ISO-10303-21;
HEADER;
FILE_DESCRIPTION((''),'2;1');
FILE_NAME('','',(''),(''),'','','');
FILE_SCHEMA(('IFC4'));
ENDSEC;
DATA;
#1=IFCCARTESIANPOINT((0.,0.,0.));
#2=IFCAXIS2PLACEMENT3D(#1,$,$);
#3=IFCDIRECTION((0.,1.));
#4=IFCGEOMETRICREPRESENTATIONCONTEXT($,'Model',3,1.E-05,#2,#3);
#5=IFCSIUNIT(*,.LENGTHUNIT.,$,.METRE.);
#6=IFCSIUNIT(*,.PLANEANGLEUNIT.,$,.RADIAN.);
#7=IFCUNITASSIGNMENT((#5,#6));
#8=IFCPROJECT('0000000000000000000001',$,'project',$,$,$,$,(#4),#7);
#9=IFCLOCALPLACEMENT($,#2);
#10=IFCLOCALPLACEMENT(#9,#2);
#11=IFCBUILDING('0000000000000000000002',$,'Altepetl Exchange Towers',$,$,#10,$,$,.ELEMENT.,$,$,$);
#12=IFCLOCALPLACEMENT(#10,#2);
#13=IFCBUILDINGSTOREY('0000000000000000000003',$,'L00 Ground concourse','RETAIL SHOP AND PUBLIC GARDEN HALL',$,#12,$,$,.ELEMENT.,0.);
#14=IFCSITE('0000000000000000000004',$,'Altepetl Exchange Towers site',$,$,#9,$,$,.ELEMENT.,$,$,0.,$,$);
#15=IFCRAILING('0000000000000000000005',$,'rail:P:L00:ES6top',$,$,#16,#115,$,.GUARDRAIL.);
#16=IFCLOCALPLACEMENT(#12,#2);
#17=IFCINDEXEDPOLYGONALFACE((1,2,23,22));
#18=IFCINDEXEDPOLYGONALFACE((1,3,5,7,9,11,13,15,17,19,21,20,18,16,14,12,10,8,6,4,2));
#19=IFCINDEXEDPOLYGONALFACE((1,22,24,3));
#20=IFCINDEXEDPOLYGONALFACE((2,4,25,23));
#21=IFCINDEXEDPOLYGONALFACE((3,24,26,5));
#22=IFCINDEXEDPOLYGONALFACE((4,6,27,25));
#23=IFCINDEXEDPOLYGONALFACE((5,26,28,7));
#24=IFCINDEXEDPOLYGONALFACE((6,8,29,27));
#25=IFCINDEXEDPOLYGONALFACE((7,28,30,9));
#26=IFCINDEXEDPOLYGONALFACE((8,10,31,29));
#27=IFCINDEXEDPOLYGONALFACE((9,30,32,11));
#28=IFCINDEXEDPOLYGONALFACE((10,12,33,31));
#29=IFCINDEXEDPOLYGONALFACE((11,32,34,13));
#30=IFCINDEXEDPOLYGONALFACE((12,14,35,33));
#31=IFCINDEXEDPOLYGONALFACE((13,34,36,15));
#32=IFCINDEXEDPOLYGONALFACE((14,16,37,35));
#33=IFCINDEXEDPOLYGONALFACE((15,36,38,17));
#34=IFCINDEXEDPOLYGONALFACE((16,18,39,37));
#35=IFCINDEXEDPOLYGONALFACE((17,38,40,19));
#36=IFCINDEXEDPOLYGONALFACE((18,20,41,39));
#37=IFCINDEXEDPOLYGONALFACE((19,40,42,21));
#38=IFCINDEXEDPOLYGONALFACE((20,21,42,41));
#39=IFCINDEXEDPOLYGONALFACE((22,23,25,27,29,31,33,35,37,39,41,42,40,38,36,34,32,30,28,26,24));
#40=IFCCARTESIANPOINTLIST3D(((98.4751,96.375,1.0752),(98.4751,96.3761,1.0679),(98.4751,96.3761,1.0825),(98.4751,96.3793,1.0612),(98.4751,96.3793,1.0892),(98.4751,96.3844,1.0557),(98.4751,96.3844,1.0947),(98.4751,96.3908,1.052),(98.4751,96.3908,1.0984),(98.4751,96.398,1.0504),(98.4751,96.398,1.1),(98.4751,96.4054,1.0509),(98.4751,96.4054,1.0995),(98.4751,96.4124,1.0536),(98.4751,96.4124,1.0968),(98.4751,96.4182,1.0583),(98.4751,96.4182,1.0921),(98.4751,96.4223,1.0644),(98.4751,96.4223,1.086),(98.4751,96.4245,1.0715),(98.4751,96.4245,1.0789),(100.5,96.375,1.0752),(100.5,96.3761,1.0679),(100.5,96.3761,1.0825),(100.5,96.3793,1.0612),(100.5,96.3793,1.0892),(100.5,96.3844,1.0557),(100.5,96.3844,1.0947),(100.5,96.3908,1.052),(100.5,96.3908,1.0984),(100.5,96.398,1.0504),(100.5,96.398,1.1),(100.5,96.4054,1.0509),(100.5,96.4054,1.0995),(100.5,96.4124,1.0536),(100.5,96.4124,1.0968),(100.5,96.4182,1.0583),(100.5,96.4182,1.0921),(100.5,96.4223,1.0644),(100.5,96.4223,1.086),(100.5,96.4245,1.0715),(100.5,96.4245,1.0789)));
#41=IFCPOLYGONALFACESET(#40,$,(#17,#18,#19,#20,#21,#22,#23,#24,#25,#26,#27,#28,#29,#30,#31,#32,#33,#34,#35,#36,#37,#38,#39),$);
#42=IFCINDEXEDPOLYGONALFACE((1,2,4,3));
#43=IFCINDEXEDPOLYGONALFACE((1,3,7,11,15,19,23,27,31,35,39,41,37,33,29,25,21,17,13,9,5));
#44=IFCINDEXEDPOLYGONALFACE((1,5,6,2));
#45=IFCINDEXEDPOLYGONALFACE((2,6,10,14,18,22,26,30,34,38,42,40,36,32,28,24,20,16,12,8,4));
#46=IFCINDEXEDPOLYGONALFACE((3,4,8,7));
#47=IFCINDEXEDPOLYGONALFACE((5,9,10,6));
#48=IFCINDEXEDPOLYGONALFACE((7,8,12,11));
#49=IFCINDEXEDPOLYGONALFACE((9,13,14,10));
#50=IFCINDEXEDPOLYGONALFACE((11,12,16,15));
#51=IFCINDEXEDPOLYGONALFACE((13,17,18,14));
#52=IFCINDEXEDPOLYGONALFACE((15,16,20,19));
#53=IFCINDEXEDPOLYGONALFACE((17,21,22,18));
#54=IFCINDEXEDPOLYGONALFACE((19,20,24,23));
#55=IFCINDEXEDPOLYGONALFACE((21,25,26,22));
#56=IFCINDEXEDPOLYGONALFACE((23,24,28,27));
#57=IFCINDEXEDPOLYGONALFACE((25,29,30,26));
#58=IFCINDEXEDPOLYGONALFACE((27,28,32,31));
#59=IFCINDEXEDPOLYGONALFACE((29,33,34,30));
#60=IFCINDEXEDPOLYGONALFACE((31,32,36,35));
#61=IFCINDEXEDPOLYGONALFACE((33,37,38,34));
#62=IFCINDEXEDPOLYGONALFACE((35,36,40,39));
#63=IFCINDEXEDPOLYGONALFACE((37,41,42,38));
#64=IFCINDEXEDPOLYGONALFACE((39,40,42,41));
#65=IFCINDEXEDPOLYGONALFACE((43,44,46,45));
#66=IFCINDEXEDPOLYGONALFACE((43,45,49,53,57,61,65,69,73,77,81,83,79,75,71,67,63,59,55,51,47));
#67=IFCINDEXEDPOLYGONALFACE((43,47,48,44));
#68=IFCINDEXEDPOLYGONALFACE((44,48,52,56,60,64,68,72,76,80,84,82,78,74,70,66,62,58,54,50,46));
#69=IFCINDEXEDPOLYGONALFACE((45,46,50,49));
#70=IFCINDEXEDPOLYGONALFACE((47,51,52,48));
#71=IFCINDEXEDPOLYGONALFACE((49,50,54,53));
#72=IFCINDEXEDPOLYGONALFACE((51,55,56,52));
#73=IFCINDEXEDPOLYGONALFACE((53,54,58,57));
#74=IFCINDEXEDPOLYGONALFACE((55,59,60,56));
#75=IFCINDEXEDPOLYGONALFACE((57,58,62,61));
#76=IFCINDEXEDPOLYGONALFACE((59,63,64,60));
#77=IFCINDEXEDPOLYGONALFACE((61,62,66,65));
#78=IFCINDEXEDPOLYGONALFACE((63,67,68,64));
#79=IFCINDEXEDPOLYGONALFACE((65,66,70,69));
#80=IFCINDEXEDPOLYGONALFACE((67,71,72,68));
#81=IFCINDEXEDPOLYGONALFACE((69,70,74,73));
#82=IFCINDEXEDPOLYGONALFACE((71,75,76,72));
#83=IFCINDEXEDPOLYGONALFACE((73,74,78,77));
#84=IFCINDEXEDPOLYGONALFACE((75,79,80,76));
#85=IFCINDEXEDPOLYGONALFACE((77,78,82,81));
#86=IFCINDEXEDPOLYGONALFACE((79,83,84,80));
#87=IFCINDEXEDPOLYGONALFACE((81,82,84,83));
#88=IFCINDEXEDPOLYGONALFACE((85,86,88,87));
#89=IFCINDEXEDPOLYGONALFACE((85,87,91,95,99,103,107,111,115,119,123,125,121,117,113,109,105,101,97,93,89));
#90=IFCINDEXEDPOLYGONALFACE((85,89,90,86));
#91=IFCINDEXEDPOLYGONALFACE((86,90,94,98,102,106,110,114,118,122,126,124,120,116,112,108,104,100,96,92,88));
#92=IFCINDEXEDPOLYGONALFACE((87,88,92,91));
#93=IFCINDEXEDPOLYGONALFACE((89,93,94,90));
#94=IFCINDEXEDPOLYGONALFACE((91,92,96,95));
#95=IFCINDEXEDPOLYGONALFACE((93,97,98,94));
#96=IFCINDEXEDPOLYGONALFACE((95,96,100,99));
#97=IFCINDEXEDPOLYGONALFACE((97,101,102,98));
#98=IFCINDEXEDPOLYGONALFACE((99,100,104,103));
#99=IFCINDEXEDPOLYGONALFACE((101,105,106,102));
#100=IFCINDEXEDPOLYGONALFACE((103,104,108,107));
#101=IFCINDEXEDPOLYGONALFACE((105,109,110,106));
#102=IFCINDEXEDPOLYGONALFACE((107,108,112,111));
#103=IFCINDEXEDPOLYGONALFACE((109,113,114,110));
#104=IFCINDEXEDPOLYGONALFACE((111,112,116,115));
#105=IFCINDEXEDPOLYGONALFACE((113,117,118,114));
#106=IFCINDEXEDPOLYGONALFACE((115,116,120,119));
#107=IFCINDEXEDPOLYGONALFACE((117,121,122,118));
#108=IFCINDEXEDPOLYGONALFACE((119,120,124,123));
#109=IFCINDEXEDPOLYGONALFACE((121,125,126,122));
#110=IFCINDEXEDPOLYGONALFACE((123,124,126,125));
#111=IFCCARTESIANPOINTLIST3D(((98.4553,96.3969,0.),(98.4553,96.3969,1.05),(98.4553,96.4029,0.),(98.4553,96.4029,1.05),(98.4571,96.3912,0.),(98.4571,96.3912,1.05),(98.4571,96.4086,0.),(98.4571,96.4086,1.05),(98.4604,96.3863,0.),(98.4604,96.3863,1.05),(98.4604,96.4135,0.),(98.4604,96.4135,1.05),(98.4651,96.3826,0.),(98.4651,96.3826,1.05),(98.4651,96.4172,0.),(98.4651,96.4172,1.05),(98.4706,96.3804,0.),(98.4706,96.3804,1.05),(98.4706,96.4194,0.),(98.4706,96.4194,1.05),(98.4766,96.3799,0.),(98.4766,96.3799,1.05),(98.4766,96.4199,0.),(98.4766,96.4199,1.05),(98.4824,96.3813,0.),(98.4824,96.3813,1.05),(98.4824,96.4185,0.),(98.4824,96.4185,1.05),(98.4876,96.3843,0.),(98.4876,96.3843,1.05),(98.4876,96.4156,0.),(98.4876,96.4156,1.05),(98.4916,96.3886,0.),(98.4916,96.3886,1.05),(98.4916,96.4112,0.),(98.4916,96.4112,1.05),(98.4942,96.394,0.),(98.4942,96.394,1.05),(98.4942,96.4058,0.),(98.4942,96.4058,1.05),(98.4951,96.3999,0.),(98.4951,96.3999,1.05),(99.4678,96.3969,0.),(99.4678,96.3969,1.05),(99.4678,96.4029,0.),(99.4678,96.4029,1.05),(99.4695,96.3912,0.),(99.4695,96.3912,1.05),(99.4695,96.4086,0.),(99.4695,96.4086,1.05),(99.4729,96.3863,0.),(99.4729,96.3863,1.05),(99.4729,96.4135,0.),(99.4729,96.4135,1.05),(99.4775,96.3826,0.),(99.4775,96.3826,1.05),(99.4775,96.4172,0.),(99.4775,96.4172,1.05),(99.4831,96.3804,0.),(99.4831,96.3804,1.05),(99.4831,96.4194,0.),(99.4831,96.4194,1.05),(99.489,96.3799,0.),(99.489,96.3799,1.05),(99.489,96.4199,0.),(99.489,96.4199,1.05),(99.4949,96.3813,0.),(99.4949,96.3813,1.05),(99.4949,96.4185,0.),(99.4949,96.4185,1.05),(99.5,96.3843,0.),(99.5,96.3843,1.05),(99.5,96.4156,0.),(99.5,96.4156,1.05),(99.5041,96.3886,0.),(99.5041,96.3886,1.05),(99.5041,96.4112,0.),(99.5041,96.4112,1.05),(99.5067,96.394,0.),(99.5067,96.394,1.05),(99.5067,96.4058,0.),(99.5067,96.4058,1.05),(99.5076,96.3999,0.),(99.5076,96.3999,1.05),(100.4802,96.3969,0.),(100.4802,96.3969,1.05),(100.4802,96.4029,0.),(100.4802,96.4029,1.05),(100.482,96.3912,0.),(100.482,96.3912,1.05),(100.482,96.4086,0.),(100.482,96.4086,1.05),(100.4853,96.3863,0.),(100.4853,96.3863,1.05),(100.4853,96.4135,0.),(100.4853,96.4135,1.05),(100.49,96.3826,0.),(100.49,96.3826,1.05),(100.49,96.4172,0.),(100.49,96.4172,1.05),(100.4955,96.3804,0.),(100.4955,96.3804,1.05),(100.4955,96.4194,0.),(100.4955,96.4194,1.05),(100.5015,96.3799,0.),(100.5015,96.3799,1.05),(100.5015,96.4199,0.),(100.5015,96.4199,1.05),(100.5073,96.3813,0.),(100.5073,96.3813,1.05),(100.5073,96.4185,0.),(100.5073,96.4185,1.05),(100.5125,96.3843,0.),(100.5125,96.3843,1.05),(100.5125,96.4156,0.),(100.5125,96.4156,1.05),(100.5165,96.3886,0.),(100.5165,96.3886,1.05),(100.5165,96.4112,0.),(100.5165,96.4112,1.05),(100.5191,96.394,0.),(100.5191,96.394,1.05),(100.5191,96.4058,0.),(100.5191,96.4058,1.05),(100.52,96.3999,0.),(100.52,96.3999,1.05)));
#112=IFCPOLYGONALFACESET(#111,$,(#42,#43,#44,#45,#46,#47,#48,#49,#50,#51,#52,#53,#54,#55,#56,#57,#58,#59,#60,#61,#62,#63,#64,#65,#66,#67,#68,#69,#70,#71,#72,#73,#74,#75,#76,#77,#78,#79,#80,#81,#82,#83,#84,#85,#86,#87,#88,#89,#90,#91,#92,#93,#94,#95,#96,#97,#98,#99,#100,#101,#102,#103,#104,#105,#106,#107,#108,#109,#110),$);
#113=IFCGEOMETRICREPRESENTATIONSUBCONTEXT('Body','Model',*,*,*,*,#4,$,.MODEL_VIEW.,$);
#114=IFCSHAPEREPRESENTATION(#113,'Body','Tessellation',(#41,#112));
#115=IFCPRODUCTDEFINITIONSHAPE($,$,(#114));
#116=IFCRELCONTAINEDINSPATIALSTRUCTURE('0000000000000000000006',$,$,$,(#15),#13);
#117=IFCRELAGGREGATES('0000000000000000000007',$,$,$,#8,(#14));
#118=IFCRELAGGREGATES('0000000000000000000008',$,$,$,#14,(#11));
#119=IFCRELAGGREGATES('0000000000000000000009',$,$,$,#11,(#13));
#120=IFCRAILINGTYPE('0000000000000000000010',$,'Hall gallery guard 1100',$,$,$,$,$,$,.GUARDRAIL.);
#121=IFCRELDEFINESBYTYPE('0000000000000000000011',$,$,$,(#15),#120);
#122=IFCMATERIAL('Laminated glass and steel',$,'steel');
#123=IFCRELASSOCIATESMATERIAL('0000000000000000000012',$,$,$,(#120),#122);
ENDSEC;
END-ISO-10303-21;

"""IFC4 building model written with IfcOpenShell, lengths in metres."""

from ifc_helpers import new_model, si_unit, direction, frame, origin, origin_2d, place, context, subcontext, project, spatial, circle, extrude, source, transform, mapped, material, type_object, element, save


model = new_model("IFC4")

# Units and contexts
model_context = context("Model", 3, precision=1e-05, world=origin(), true_north=direction((0.0, 1.0)))
body_context = subcontext(model_context, "Body", "Model", "MODEL_VIEW")
ifc_project = project(units=[si_unit("LENGTHUNIT", "METRE"), si_unit("PLANEANGLEUNIT", "RADIAN")], contexts=[model_context])

# Site, building, storey
site_placement = place(None, origin())
site = spatial("IfcSite", under=ifc_project, at=site_placement, Name="Altepetl Exchange Towers site", CompositionType="ELEMENT", RefElevation=0.0)
building_placement = place(site_placement, origin())
building = spatial("IfcBuilding", under=site, at=building_placement, Name="Altepetl Exchange Towers", CompositionType="ELEMENT")
storey_placement = place(building_placement, origin())
storey = spatial("IfcBuildingStorey", under=building, at=storey_placement, Name="L00 Ground concourse", Description="RETAIL SHOP AND PUBLIC GARDEN HALL", CompositionType="ELEMENT", Elevation=0.0)

# Railing
ifc_material_1 = material(Name="Laminated glass and steel", Category="steel")
railing_type = type_object("IfcRailingType", Name="Hall gallery guard 1100", PredefinedType="GUARDRAIL", material=ifc_material_1)
shared_shape = source(origin(), body_context, "Body", "SweptSolid", [
    extrude(circle(Radius=0.02, at=origin_2d()), origin(), (0.0, 0.0, 1.0), 1.05),
])
railing_placement = place(storey_placement, frame((100.5, 96.3999, 0.0)))
element("IfcRailing", 1, at=railing_placement, inside=storey, type_object=railing_type, Name="rail:P:L00:ES6top", PredefinedType="GUARDRAIL", context=body_context, shape_type="SweptSolid", body=[
    extrude(circle(Radius=0.0249, at=origin_2d()), frame((0.0, 0.0, 1.0752), z_axis=(-1.0, 0.0, 0.0), x_axis=(0.0, -1.0, 0.0)), (0.0, 0.0, 1.0), 2.0249),
    mapped(shared_shape, transform((0.0, 0.0, 0.0))),
    mapped(shared_shape, transform((-1.0125, 0.0, 0.0))),
    mapped(shared_shape, transform((-2.0249, 0.0, 0.0))),
])

save(model, "model.ifc")
